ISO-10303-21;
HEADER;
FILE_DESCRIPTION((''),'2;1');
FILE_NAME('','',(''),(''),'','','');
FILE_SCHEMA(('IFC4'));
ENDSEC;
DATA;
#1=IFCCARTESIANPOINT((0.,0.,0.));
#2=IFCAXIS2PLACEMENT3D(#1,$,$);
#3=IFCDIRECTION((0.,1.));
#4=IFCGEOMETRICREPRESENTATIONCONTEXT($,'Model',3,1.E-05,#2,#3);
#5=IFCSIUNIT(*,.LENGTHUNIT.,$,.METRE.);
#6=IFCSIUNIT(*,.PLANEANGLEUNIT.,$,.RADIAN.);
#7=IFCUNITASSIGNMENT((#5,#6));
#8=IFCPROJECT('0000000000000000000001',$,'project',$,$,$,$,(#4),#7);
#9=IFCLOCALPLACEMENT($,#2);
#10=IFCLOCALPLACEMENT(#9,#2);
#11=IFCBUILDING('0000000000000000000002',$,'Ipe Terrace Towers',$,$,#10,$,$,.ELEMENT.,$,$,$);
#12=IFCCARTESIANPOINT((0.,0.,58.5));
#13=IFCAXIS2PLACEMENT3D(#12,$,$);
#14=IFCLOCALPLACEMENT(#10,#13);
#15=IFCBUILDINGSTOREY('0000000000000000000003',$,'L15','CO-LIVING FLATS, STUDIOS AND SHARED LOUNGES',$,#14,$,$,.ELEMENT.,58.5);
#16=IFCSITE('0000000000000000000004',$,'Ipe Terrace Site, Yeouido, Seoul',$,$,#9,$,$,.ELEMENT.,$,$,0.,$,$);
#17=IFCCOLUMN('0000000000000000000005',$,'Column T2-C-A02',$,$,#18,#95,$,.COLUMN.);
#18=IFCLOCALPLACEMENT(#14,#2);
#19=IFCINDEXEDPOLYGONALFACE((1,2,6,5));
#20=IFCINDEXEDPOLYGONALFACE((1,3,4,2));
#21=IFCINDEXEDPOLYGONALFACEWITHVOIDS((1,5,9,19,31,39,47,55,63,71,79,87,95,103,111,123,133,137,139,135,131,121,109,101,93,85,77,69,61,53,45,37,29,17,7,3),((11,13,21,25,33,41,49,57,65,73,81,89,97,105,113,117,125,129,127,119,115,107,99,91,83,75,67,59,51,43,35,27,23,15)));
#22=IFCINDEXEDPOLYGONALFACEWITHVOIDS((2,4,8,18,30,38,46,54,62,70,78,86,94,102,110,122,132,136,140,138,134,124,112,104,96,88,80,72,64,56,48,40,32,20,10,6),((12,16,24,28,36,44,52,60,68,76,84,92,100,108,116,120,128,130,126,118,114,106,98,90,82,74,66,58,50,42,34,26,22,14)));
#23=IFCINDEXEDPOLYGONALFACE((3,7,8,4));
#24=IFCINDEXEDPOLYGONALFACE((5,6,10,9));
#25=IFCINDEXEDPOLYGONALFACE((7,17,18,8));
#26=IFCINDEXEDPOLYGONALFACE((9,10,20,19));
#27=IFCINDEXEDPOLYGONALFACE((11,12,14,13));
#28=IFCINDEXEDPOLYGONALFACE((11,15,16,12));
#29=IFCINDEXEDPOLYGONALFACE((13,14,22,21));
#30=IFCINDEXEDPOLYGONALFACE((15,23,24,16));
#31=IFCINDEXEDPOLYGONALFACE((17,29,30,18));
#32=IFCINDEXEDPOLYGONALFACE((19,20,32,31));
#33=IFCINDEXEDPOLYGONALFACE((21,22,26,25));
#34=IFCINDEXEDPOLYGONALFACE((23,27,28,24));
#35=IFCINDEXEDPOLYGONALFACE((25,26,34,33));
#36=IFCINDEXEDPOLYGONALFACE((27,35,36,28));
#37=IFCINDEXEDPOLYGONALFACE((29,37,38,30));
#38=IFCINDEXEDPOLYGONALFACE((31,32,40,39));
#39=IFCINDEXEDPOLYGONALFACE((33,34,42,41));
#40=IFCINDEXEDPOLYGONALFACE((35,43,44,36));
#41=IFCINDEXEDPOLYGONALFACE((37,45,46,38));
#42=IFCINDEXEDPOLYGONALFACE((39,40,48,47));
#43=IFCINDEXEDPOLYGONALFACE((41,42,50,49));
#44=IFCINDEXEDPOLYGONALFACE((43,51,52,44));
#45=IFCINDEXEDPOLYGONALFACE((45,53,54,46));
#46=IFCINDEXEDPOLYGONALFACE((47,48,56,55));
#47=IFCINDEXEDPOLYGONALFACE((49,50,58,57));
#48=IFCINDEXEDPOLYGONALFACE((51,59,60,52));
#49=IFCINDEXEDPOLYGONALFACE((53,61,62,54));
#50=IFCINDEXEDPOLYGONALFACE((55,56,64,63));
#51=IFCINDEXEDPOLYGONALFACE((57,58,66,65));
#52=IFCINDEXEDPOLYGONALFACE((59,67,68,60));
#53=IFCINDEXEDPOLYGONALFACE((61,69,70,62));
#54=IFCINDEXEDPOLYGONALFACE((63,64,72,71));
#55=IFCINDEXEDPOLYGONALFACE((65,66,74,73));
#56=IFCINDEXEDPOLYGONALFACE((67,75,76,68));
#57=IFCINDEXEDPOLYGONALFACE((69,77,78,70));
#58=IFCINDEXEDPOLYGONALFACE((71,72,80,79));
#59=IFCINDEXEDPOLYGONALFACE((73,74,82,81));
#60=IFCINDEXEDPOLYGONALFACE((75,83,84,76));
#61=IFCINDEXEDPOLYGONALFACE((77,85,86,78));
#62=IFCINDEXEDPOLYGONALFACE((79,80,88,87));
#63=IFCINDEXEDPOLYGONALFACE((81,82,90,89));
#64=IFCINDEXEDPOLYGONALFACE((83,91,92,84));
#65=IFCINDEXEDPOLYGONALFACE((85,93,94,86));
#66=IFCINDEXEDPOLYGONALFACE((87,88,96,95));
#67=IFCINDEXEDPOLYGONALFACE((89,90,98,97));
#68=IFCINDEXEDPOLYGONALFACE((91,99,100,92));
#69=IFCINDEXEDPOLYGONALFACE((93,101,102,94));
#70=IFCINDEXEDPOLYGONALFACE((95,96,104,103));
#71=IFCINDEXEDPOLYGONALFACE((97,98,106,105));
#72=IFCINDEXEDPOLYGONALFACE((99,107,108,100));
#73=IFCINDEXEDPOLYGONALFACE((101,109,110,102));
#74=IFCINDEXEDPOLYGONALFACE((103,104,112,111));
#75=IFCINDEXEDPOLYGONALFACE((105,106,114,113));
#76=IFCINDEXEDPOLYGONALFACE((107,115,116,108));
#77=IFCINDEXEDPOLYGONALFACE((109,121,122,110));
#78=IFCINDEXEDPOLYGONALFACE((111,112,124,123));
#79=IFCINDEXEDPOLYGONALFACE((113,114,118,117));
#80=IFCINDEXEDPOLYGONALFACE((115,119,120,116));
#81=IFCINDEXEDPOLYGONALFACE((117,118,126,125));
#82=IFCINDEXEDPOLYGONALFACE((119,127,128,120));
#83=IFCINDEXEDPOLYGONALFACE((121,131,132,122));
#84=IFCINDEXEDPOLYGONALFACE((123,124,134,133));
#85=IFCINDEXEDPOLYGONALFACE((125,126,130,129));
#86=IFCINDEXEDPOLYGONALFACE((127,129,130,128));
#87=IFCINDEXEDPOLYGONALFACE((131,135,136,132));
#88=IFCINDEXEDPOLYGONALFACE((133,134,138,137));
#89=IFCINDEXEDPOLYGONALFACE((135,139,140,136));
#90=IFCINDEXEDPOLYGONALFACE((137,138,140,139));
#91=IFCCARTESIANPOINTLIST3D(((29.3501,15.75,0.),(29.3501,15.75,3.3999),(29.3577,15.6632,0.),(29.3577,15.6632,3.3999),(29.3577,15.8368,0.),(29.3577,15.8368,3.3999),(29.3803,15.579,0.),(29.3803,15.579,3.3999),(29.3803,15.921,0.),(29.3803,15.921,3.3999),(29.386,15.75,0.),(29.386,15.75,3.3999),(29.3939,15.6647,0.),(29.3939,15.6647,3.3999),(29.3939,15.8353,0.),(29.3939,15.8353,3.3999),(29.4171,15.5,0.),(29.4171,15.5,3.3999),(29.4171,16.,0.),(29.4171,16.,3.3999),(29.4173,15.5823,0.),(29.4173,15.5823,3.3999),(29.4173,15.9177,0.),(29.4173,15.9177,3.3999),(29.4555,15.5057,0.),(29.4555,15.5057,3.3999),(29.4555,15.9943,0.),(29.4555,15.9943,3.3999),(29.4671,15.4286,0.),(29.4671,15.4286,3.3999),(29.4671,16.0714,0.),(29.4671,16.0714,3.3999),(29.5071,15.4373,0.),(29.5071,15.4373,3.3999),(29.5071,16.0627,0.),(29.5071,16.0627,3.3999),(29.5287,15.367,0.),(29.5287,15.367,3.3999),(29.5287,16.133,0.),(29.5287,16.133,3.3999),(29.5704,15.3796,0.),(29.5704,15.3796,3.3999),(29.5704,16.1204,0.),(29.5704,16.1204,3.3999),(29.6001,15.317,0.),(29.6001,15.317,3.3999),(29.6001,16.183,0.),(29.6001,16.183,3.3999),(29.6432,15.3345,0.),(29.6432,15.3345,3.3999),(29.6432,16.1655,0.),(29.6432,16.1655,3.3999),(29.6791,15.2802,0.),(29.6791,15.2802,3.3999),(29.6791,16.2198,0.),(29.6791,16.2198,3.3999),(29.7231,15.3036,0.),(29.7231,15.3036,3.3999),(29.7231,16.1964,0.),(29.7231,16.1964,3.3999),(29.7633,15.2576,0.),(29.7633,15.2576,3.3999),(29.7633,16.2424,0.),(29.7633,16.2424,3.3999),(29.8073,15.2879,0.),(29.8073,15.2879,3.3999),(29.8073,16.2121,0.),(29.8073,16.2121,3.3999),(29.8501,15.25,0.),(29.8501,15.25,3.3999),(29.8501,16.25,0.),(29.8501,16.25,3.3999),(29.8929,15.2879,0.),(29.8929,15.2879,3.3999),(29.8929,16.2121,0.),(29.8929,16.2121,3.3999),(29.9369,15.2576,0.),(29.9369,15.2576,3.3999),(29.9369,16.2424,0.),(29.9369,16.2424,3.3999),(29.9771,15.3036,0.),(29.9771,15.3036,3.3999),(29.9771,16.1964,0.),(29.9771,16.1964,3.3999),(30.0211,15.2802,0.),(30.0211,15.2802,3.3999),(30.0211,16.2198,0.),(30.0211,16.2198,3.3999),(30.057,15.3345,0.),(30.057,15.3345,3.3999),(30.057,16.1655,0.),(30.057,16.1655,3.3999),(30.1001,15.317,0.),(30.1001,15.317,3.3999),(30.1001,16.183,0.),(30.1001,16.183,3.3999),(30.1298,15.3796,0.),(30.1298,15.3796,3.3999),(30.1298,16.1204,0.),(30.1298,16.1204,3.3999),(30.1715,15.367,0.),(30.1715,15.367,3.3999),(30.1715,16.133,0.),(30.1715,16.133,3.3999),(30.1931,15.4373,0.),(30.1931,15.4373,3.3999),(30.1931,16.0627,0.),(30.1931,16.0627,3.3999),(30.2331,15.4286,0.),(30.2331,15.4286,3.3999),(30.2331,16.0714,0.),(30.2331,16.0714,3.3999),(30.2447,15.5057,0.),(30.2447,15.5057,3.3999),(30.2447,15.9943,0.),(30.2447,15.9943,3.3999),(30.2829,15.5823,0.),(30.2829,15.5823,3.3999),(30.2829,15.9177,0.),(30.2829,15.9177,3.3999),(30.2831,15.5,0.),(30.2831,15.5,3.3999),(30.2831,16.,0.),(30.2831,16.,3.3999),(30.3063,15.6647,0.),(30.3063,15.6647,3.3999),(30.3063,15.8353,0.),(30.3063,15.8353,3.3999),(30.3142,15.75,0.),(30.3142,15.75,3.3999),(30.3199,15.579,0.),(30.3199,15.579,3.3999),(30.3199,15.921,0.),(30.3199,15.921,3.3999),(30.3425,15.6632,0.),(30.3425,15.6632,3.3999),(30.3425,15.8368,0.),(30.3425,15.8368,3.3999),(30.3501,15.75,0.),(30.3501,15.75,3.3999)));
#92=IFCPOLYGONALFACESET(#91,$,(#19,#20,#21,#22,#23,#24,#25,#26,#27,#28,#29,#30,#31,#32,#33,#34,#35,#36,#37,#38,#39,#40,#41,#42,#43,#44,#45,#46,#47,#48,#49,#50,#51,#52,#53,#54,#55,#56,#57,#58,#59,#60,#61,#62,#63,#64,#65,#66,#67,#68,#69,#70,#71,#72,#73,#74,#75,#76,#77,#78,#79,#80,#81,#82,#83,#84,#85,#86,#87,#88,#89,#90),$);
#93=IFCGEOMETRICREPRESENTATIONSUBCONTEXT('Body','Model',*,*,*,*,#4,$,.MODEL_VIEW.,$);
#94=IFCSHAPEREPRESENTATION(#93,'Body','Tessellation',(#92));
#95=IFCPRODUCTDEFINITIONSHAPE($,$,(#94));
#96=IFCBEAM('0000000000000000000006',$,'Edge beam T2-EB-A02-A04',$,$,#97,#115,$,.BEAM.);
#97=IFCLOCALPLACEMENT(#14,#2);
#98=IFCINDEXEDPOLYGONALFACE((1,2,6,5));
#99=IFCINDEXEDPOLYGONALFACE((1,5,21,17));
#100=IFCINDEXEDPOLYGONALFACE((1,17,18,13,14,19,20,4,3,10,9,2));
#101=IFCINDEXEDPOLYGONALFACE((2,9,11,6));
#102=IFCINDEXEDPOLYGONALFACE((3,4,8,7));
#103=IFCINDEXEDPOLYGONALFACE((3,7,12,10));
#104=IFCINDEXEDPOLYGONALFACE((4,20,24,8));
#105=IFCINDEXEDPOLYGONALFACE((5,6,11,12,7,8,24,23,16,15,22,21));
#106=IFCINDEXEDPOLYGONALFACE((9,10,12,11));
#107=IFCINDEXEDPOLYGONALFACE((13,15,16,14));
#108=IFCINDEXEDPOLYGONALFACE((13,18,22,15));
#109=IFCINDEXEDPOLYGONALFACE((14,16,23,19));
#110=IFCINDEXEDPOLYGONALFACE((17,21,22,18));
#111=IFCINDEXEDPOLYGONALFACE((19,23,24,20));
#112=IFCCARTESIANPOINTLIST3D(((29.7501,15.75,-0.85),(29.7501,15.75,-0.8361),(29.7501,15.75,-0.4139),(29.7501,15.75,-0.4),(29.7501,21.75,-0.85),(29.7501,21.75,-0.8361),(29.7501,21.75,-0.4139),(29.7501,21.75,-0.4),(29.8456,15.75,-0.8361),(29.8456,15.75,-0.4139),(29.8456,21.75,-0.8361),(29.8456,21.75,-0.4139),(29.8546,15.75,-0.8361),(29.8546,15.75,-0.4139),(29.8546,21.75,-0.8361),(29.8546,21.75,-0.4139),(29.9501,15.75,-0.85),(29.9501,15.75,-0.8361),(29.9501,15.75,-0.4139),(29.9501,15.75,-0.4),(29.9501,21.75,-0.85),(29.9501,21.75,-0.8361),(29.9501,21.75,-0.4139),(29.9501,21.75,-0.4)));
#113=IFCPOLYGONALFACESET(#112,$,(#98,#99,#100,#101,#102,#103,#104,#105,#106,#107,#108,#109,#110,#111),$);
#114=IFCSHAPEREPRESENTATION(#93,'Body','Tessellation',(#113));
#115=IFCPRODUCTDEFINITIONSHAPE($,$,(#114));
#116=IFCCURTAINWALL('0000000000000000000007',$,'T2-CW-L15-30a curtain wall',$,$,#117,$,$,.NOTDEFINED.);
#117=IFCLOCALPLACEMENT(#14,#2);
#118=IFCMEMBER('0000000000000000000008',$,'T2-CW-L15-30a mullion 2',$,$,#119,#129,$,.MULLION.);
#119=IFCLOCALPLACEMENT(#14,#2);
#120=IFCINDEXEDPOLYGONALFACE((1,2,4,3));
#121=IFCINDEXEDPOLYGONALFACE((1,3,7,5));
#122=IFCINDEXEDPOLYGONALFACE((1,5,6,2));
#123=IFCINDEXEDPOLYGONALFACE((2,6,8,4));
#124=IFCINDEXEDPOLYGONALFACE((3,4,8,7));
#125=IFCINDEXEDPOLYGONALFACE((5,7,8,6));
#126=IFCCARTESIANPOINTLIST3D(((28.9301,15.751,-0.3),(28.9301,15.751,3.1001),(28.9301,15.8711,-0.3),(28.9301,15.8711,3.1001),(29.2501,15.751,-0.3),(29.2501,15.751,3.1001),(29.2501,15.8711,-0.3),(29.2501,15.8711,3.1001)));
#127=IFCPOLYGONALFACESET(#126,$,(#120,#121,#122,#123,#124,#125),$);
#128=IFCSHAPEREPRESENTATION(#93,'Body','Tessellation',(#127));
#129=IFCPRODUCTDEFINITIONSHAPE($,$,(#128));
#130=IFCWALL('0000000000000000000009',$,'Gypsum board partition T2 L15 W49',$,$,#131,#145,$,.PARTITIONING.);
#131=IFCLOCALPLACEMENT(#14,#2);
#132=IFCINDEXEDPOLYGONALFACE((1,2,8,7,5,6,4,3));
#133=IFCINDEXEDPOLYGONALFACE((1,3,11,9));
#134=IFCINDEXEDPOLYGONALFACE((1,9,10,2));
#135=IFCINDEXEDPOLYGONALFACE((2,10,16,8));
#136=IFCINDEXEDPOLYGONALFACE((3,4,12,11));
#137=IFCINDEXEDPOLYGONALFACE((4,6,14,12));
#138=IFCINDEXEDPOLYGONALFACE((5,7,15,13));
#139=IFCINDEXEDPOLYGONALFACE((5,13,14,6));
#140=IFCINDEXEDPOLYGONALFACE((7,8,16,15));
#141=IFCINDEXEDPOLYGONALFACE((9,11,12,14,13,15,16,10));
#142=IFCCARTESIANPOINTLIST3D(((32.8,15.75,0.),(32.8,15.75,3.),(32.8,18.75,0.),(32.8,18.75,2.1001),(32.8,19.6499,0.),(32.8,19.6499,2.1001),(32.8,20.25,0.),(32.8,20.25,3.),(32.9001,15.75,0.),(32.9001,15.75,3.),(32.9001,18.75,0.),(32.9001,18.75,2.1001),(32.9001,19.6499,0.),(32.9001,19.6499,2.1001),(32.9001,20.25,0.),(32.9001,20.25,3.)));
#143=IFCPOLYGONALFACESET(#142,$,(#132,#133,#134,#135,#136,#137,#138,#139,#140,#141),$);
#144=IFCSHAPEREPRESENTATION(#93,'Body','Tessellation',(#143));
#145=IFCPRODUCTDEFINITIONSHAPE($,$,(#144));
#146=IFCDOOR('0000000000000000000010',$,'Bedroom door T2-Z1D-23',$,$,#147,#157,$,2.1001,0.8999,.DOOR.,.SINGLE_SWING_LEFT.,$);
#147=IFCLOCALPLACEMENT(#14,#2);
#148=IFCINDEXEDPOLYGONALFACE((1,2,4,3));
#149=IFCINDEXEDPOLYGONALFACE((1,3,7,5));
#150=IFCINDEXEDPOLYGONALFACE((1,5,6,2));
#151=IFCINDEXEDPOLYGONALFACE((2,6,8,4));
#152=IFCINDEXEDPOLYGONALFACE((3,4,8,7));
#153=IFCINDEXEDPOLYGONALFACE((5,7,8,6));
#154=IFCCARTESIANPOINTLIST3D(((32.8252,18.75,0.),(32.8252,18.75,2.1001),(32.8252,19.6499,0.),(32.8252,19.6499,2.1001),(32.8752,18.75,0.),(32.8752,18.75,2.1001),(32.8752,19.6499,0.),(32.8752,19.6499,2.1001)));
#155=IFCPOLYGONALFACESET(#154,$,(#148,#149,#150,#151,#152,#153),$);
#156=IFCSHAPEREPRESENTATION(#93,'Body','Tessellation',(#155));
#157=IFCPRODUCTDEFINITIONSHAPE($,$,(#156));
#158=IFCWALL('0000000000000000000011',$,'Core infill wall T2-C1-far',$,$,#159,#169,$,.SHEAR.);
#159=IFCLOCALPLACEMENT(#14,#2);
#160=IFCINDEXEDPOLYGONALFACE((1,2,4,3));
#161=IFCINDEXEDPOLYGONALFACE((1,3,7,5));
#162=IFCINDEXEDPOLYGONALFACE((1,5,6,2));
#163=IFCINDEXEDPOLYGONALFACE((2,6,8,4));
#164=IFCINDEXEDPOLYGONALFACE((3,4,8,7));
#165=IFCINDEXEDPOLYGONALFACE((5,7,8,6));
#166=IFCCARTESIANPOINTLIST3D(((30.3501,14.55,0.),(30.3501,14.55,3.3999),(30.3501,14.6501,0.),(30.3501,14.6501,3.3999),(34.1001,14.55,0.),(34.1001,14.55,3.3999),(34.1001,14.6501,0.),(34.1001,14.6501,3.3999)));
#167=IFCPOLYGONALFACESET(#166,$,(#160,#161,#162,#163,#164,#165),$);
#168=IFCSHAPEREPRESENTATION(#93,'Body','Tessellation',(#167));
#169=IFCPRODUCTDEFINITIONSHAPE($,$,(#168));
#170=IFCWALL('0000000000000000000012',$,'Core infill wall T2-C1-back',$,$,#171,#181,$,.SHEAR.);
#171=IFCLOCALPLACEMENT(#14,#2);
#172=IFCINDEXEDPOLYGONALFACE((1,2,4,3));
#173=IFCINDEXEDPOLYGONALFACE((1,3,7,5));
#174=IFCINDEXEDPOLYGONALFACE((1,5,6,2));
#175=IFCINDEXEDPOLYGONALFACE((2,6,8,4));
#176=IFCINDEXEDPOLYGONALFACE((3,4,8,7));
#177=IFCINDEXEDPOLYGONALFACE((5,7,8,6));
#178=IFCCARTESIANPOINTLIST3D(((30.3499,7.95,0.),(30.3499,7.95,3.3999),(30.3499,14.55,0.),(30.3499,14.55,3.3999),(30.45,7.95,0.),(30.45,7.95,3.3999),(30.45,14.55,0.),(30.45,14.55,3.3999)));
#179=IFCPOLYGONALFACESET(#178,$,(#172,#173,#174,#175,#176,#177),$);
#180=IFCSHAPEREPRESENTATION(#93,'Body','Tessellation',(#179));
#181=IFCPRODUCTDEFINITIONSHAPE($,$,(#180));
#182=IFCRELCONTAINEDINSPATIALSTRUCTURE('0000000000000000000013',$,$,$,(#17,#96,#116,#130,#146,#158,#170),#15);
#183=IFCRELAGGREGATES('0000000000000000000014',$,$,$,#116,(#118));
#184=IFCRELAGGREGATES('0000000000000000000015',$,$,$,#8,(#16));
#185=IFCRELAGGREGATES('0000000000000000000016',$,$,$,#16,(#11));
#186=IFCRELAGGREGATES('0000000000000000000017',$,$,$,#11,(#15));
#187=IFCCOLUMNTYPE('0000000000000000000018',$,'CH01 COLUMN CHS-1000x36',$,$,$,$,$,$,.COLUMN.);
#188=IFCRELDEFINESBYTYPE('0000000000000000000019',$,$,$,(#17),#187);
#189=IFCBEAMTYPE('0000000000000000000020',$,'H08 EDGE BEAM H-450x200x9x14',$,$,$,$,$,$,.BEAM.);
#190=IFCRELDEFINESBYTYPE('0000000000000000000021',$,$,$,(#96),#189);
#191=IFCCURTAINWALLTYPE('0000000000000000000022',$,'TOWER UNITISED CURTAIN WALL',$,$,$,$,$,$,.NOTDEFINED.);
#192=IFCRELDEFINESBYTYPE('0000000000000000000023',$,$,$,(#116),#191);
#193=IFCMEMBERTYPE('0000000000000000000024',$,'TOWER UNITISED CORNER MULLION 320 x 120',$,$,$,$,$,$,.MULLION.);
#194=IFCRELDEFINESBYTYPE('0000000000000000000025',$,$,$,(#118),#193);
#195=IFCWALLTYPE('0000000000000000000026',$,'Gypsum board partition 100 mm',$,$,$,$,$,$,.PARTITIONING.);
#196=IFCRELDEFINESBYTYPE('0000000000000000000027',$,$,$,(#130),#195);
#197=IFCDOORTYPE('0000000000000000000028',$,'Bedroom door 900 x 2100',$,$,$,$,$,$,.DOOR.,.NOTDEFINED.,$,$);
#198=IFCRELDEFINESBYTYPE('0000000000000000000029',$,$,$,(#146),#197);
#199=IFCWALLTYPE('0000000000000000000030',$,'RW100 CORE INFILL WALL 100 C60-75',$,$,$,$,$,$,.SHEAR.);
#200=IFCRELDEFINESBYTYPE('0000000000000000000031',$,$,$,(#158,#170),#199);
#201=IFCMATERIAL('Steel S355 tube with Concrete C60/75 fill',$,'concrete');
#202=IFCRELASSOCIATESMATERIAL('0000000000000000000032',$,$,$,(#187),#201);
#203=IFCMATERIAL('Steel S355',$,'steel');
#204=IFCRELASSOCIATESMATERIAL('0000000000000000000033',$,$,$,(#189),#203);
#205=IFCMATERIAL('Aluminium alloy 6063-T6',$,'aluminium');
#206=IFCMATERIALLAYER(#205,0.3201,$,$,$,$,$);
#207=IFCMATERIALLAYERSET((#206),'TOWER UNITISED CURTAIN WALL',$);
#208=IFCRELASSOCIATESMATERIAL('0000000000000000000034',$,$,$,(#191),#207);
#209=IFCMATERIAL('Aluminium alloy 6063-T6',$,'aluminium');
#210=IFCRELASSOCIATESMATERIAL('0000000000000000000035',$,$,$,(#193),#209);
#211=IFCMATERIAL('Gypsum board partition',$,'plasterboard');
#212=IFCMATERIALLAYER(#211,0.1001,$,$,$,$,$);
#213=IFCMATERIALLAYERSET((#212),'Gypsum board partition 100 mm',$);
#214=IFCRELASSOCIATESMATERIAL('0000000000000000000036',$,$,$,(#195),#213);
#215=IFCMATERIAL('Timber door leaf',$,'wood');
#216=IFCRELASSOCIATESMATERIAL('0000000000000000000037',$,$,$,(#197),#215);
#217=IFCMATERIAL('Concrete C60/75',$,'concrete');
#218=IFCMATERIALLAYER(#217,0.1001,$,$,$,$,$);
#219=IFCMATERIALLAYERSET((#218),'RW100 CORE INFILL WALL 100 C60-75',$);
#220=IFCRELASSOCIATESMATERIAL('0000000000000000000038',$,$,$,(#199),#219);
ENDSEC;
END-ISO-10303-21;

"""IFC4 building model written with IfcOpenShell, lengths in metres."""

from ifc_helpers import new_model, si_unit, direction, frame, frame_2d, origin, origin_2d, place, context, subcontext, project, spatial, rectangle, hollow_circle, i_section, extrude, material, layer, layer_set, material_profile, profile_set, type_object, element, fill, aggregate, save


model = new_model("IFC4")

# Units and contexts
model_context = context("Model", 3, precision=1e-05, world=origin(), true_north=direction((0.0, 1.0)))
body_context = subcontext(model_context, "Body", "Model", "MODEL_VIEW")
ifc_project = project(units=[si_unit("LENGTHUNIT", "METRE"), si_unit("PLANEANGLEUNIT", "RADIAN")], contexts=[model_context])

# Site, building, storey
site_placement = place(None, origin())
site = spatial("IfcSite", under=ifc_project, at=site_placement, Name="Ipe Terrace Site, Yeouido, Seoul", CompositionType="ELEMENT", RefElevation=0.0)
building_placement = place(site_placement, origin())
building = spatial("IfcBuilding", under=site, at=building_placement, Name="Ipe Terrace Towers", CompositionType="ELEMENT")
storey_placement = place(building_placement, frame((0.0, 0.0, 58.5)))
storey = spatial("IfcBuildingStorey", under=building, at=storey_placement, Name="L15", Description="CO-LIVING FLATS, STUDIOS AND SHARED LOUNGES", CompositionType="ELEMENT", Elevation=58.5)

# Column
ifc_material_1 = material(Name="Steel S355 tube with Concrete C60/75 fill", Category="concrete")
ifc_material_profile_1 = material_profile(ifc_material_1, hollow_circle(Radius=0.5, WallThickness=0.0359, at=origin_2d()), Name="CHS-1000x36")
ifc_profile_set_1 = profile_set([ifc_material_profile_1], Name="Steel S355 tube with Concrete C60/75 fill")
column_type = type_object("IfcColumnType", Name="CH01 COLUMN CHS-1000x36", PredefinedType="COLUMN", material=ifc_profile_set_1)
column_placement = place(storey_placement, frame((29.8501, 15.75, 0.0), z_axis=(0.0, 0.0, 1.0), x_axis=(1.0, 0.0, 0.0)))
element("IfcColumn", 1, at=column_placement, inside=storey, type_object=column_type, Name="Column T2-C-A02", PredefinedType="COLUMN", context=body_context, shape_type="SweptSolid", body=[
    extrude(hollow_circle(Radius=0.5, WallThickness=0.0359, at=origin_2d()), origin(), (0.0, 0.0, 1.0), 3.3999),
])

# Beam
ifc_material_2 = material(Name="Steel S355", Category="steel")
ifc_material_profile_2 = material_profile(ifc_material_2, i_section(OverallWidth=0.2, OverallDepth=0.45, WebThickness=0.009, FlangeThickness=0.0139, at=origin_2d()), Name="H-450x200x9x14")
ifc_profile_set_2 = profile_set([ifc_material_profile_2], Name="Steel S355")
beam_type = type_object("IfcBeamType", Name="H08 EDGE BEAM H-450x200x9x14", PredefinedType="BEAM", material=ifc_profile_set_2)
beam_placement = place(storey_placement, frame((29.8501, 15.75, -0.625), z_axis=(0.0, 1.0, 0.0), x_axis=(-1.0, 0.0, 0.0)))
element("IfcBeam", 2, at=beam_placement, inside=storey, type_object=beam_type, Name="Edge beam T2-EB-A02-A04", PredefinedType="BEAM", context=body_context, shape_type="SweptSolid", body=[
    extrude(i_section(OverallWidth=0.2, OverallDepth=0.45, WebThickness=0.009, FlangeThickness=0.0139, at=origin_2d()), origin(), (0.0, 0.0, 1.0), 6.0),
])

# Curtain wall, member
ifc_material_3 = material(Name="Aluminium alloy 6063-T6", Category="aluminium")
ifc_layer_1 = layer(ifc_material_3, 0.3201)
ifc_layer_set_1 = layer_set([ifc_layer_1], Name="TOWER UNITISED CURTAIN WALL")
curtain_wall_type = type_object("IfcCurtainWallType", Name="TOWER UNITISED CURTAIN WALL", PredefinedType="NOTDEFINED", material=ifc_layer_set_1)
curtain_wall_placement = place(storey_placement, origin())
curtain_wall = element("IfcCurtainWall", 3, at=curtain_wall_placement, inside=storey, type_object=curtain_wall_type, Name="T2-CW-L15-30a curtain wall", PredefinedType="NOTDEFINED")
ifc_material_4 = material(Name="Aluminium alloy 6063-T6", Category="aluminium")
ifc_material_profile_3 = material_profile(ifc_material_4, rectangle(XDim=0.3201, YDim=0.1201, at=origin_2d()), Name="TOWER UNITISED CORNER MULLION 320 x 120")
ifc_profile_set_3 = profile_set([ifc_material_profile_3], Name="Aluminium alloy 6063-T6")
member_type = type_object("IfcMemberType", Name="TOWER UNITISED CORNER MULLION 320 x 120", PredefinedType="MULLION", material=ifc_profile_set_3)
member_placement = place(storey_placement, frame((29.0901, 15.811, -0.3), z_axis=(0.0, 0.0, 1.0), x_axis=(-1.0, 0.0, 0.0)))
member = element("IfcMember", 4, at=member_placement, type_object=member_type, Name="T2-CW-L15-30a mullion 2", PredefinedType="MULLION", context=body_context, shape_type="SweptSolid", body=[
    extrude(rectangle(XDim=0.3201, YDim=0.1201, at=origin_2d()), origin(), (0.0, 0.0, 1.0), 3.4001),
])
aggregate(curtain_wall, [member])

# Wall, opening, door
ifc_material_5 = material(Name="Gypsum board partition", Category="plasterboard")
ifc_layer_2 = layer(ifc_material_5, 0.1001)
ifc_layer_set_2 = layer_set([ifc_layer_2], Name="Gypsum board partition 100 mm")
wall_type_1 = type_object("IfcWallType", Name="Gypsum board partition 100 mm", PredefinedType="PARTITIONING", material=ifc_layer_set_2)
wall_1_placement = place(storey_placement, frame((32.8501, 15.75, 0.0), z_axis=(0.0, 0.0, 1.0), x_axis=(0.0, 1.0, 0.0)))
wall_1 = element("IfcWall", 5, at=wall_1_placement, inside=storey, type_object=wall_type_1, Name="Gypsum board partition T2 L15 W49", PredefinedType="PARTITIONING", context=body_context, shape_type="SweptSolid", body=[
    extrude(rectangle(XDim=4.5, YDim=0.1001, at=frame_2d((2.25, 0.0))), origin(), (0.0, 0.0, 1.0), 3.0),
])
opening_placement = place(wall_1_placement, frame((3.0, 0.0, 0.0)))
opening = element("IfcOpeningElement", 6, at=opening_placement, cuts=wall_1, PredefinedType="OPENING", context=body_context, shape_type="SweptSolid", body=[
    extrude(rectangle(XDim=0.8999, YDim=2.1001, at=frame_2d((0.45, 1.05))), frame((0.0, 0.0601, 0.0), z_axis=(0.0, -1.0, 0.0), x_axis=(1.0, 0.0, 0.0)), (0.0, 0.0, 1.0), 0.1201),
])
ifc_material_6 = material(Name="Timber door leaf", Category="wood")
door_type = type_object("IfcDoorType", Name="Bedroom door 900 x 2100", OperationType="NOTDEFINED", PredefinedType="DOOR", material=ifc_material_6)
door_placement = place(opening_placement, origin())
door = element("IfcDoor", 7, at=door_placement, inside=storey, type_object=door_type, Name="Bedroom door T2-Z1D-23", OperationType="SINGLE_SWING_LEFT", OverallHeight=2.1001, OverallWidth=0.8999, PredefinedType="DOOR", context=body_context, shape_type="SweptSolid", body=[
    extrude(rectangle(XDim=0.8999, YDim=2.1001, at=frame_2d((0.45, 1.05))), frame((0.0, 0.0249, 0.0), z_axis=(0.0, -1.0, 0.0), x_axis=(1.0, 0.0, 0.0)), (0.0, 0.0, 1.0), 0.05),
])
fill(opening, door)

# Walls
ifc_material_7 = material(Name="Concrete C60/75", Category="concrete")
ifc_layer_3 = layer(ifc_material_7, 0.1001)
ifc_layer_set_3 = layer_set([ifc_layer_3], Name="RW100 CORE INFILL WALL 100 C60-75")
wall_type_2 = type_object("IfcWallType", Name="RW100 CORE INFILL WALL 100 C60-75", PredefinedType="SHEAR", material=ifc_layer_set_3)
wall_2_placement = place(storey_placement, frame((34.1001, 14.6001, 0.0), z_axis=(0.0, 0.0, 1.0), x_axis=(-1.0, 0.0, 0.0)))
element("IfcWall", 8, at=wall_2_placement, inside=storey, type_object=wall_type_2, Name="Core infill wall T2-C1-far", PredefinedType="SHEAR", context=body_context, shape_type="SweptSolid", body=[
    extrude(rectangle(XDim=3.75, YDim=0.1001, at=frame_2d((1.875, 0.0))), origin(), (0.0, 0.0, 1.0), 3.3999),
])
wall_3_placement = place(storey_placement, frame((30.3999, 7.95, 0.0), z_axis=(0.0, 0.0, 1.0), x_axis=(0.0, 1.0, 0.0)))
element("IfcWall", 9, at=wall_3_placement, inside=storey, type_object=wall_type_2, Name="Core infill wall T2-C1-back", PredefinedType="SHEAR", context=body_context, shape_type="SweptSolid", body=[
    extrude(rectangle(XDim=6.6001, YDim=0.1001, at=frame_2d((3.3, 0.0))), origin(), (0.0, 0.0, 1.0), 3.3999),
])

save(model, "model.ifc")
